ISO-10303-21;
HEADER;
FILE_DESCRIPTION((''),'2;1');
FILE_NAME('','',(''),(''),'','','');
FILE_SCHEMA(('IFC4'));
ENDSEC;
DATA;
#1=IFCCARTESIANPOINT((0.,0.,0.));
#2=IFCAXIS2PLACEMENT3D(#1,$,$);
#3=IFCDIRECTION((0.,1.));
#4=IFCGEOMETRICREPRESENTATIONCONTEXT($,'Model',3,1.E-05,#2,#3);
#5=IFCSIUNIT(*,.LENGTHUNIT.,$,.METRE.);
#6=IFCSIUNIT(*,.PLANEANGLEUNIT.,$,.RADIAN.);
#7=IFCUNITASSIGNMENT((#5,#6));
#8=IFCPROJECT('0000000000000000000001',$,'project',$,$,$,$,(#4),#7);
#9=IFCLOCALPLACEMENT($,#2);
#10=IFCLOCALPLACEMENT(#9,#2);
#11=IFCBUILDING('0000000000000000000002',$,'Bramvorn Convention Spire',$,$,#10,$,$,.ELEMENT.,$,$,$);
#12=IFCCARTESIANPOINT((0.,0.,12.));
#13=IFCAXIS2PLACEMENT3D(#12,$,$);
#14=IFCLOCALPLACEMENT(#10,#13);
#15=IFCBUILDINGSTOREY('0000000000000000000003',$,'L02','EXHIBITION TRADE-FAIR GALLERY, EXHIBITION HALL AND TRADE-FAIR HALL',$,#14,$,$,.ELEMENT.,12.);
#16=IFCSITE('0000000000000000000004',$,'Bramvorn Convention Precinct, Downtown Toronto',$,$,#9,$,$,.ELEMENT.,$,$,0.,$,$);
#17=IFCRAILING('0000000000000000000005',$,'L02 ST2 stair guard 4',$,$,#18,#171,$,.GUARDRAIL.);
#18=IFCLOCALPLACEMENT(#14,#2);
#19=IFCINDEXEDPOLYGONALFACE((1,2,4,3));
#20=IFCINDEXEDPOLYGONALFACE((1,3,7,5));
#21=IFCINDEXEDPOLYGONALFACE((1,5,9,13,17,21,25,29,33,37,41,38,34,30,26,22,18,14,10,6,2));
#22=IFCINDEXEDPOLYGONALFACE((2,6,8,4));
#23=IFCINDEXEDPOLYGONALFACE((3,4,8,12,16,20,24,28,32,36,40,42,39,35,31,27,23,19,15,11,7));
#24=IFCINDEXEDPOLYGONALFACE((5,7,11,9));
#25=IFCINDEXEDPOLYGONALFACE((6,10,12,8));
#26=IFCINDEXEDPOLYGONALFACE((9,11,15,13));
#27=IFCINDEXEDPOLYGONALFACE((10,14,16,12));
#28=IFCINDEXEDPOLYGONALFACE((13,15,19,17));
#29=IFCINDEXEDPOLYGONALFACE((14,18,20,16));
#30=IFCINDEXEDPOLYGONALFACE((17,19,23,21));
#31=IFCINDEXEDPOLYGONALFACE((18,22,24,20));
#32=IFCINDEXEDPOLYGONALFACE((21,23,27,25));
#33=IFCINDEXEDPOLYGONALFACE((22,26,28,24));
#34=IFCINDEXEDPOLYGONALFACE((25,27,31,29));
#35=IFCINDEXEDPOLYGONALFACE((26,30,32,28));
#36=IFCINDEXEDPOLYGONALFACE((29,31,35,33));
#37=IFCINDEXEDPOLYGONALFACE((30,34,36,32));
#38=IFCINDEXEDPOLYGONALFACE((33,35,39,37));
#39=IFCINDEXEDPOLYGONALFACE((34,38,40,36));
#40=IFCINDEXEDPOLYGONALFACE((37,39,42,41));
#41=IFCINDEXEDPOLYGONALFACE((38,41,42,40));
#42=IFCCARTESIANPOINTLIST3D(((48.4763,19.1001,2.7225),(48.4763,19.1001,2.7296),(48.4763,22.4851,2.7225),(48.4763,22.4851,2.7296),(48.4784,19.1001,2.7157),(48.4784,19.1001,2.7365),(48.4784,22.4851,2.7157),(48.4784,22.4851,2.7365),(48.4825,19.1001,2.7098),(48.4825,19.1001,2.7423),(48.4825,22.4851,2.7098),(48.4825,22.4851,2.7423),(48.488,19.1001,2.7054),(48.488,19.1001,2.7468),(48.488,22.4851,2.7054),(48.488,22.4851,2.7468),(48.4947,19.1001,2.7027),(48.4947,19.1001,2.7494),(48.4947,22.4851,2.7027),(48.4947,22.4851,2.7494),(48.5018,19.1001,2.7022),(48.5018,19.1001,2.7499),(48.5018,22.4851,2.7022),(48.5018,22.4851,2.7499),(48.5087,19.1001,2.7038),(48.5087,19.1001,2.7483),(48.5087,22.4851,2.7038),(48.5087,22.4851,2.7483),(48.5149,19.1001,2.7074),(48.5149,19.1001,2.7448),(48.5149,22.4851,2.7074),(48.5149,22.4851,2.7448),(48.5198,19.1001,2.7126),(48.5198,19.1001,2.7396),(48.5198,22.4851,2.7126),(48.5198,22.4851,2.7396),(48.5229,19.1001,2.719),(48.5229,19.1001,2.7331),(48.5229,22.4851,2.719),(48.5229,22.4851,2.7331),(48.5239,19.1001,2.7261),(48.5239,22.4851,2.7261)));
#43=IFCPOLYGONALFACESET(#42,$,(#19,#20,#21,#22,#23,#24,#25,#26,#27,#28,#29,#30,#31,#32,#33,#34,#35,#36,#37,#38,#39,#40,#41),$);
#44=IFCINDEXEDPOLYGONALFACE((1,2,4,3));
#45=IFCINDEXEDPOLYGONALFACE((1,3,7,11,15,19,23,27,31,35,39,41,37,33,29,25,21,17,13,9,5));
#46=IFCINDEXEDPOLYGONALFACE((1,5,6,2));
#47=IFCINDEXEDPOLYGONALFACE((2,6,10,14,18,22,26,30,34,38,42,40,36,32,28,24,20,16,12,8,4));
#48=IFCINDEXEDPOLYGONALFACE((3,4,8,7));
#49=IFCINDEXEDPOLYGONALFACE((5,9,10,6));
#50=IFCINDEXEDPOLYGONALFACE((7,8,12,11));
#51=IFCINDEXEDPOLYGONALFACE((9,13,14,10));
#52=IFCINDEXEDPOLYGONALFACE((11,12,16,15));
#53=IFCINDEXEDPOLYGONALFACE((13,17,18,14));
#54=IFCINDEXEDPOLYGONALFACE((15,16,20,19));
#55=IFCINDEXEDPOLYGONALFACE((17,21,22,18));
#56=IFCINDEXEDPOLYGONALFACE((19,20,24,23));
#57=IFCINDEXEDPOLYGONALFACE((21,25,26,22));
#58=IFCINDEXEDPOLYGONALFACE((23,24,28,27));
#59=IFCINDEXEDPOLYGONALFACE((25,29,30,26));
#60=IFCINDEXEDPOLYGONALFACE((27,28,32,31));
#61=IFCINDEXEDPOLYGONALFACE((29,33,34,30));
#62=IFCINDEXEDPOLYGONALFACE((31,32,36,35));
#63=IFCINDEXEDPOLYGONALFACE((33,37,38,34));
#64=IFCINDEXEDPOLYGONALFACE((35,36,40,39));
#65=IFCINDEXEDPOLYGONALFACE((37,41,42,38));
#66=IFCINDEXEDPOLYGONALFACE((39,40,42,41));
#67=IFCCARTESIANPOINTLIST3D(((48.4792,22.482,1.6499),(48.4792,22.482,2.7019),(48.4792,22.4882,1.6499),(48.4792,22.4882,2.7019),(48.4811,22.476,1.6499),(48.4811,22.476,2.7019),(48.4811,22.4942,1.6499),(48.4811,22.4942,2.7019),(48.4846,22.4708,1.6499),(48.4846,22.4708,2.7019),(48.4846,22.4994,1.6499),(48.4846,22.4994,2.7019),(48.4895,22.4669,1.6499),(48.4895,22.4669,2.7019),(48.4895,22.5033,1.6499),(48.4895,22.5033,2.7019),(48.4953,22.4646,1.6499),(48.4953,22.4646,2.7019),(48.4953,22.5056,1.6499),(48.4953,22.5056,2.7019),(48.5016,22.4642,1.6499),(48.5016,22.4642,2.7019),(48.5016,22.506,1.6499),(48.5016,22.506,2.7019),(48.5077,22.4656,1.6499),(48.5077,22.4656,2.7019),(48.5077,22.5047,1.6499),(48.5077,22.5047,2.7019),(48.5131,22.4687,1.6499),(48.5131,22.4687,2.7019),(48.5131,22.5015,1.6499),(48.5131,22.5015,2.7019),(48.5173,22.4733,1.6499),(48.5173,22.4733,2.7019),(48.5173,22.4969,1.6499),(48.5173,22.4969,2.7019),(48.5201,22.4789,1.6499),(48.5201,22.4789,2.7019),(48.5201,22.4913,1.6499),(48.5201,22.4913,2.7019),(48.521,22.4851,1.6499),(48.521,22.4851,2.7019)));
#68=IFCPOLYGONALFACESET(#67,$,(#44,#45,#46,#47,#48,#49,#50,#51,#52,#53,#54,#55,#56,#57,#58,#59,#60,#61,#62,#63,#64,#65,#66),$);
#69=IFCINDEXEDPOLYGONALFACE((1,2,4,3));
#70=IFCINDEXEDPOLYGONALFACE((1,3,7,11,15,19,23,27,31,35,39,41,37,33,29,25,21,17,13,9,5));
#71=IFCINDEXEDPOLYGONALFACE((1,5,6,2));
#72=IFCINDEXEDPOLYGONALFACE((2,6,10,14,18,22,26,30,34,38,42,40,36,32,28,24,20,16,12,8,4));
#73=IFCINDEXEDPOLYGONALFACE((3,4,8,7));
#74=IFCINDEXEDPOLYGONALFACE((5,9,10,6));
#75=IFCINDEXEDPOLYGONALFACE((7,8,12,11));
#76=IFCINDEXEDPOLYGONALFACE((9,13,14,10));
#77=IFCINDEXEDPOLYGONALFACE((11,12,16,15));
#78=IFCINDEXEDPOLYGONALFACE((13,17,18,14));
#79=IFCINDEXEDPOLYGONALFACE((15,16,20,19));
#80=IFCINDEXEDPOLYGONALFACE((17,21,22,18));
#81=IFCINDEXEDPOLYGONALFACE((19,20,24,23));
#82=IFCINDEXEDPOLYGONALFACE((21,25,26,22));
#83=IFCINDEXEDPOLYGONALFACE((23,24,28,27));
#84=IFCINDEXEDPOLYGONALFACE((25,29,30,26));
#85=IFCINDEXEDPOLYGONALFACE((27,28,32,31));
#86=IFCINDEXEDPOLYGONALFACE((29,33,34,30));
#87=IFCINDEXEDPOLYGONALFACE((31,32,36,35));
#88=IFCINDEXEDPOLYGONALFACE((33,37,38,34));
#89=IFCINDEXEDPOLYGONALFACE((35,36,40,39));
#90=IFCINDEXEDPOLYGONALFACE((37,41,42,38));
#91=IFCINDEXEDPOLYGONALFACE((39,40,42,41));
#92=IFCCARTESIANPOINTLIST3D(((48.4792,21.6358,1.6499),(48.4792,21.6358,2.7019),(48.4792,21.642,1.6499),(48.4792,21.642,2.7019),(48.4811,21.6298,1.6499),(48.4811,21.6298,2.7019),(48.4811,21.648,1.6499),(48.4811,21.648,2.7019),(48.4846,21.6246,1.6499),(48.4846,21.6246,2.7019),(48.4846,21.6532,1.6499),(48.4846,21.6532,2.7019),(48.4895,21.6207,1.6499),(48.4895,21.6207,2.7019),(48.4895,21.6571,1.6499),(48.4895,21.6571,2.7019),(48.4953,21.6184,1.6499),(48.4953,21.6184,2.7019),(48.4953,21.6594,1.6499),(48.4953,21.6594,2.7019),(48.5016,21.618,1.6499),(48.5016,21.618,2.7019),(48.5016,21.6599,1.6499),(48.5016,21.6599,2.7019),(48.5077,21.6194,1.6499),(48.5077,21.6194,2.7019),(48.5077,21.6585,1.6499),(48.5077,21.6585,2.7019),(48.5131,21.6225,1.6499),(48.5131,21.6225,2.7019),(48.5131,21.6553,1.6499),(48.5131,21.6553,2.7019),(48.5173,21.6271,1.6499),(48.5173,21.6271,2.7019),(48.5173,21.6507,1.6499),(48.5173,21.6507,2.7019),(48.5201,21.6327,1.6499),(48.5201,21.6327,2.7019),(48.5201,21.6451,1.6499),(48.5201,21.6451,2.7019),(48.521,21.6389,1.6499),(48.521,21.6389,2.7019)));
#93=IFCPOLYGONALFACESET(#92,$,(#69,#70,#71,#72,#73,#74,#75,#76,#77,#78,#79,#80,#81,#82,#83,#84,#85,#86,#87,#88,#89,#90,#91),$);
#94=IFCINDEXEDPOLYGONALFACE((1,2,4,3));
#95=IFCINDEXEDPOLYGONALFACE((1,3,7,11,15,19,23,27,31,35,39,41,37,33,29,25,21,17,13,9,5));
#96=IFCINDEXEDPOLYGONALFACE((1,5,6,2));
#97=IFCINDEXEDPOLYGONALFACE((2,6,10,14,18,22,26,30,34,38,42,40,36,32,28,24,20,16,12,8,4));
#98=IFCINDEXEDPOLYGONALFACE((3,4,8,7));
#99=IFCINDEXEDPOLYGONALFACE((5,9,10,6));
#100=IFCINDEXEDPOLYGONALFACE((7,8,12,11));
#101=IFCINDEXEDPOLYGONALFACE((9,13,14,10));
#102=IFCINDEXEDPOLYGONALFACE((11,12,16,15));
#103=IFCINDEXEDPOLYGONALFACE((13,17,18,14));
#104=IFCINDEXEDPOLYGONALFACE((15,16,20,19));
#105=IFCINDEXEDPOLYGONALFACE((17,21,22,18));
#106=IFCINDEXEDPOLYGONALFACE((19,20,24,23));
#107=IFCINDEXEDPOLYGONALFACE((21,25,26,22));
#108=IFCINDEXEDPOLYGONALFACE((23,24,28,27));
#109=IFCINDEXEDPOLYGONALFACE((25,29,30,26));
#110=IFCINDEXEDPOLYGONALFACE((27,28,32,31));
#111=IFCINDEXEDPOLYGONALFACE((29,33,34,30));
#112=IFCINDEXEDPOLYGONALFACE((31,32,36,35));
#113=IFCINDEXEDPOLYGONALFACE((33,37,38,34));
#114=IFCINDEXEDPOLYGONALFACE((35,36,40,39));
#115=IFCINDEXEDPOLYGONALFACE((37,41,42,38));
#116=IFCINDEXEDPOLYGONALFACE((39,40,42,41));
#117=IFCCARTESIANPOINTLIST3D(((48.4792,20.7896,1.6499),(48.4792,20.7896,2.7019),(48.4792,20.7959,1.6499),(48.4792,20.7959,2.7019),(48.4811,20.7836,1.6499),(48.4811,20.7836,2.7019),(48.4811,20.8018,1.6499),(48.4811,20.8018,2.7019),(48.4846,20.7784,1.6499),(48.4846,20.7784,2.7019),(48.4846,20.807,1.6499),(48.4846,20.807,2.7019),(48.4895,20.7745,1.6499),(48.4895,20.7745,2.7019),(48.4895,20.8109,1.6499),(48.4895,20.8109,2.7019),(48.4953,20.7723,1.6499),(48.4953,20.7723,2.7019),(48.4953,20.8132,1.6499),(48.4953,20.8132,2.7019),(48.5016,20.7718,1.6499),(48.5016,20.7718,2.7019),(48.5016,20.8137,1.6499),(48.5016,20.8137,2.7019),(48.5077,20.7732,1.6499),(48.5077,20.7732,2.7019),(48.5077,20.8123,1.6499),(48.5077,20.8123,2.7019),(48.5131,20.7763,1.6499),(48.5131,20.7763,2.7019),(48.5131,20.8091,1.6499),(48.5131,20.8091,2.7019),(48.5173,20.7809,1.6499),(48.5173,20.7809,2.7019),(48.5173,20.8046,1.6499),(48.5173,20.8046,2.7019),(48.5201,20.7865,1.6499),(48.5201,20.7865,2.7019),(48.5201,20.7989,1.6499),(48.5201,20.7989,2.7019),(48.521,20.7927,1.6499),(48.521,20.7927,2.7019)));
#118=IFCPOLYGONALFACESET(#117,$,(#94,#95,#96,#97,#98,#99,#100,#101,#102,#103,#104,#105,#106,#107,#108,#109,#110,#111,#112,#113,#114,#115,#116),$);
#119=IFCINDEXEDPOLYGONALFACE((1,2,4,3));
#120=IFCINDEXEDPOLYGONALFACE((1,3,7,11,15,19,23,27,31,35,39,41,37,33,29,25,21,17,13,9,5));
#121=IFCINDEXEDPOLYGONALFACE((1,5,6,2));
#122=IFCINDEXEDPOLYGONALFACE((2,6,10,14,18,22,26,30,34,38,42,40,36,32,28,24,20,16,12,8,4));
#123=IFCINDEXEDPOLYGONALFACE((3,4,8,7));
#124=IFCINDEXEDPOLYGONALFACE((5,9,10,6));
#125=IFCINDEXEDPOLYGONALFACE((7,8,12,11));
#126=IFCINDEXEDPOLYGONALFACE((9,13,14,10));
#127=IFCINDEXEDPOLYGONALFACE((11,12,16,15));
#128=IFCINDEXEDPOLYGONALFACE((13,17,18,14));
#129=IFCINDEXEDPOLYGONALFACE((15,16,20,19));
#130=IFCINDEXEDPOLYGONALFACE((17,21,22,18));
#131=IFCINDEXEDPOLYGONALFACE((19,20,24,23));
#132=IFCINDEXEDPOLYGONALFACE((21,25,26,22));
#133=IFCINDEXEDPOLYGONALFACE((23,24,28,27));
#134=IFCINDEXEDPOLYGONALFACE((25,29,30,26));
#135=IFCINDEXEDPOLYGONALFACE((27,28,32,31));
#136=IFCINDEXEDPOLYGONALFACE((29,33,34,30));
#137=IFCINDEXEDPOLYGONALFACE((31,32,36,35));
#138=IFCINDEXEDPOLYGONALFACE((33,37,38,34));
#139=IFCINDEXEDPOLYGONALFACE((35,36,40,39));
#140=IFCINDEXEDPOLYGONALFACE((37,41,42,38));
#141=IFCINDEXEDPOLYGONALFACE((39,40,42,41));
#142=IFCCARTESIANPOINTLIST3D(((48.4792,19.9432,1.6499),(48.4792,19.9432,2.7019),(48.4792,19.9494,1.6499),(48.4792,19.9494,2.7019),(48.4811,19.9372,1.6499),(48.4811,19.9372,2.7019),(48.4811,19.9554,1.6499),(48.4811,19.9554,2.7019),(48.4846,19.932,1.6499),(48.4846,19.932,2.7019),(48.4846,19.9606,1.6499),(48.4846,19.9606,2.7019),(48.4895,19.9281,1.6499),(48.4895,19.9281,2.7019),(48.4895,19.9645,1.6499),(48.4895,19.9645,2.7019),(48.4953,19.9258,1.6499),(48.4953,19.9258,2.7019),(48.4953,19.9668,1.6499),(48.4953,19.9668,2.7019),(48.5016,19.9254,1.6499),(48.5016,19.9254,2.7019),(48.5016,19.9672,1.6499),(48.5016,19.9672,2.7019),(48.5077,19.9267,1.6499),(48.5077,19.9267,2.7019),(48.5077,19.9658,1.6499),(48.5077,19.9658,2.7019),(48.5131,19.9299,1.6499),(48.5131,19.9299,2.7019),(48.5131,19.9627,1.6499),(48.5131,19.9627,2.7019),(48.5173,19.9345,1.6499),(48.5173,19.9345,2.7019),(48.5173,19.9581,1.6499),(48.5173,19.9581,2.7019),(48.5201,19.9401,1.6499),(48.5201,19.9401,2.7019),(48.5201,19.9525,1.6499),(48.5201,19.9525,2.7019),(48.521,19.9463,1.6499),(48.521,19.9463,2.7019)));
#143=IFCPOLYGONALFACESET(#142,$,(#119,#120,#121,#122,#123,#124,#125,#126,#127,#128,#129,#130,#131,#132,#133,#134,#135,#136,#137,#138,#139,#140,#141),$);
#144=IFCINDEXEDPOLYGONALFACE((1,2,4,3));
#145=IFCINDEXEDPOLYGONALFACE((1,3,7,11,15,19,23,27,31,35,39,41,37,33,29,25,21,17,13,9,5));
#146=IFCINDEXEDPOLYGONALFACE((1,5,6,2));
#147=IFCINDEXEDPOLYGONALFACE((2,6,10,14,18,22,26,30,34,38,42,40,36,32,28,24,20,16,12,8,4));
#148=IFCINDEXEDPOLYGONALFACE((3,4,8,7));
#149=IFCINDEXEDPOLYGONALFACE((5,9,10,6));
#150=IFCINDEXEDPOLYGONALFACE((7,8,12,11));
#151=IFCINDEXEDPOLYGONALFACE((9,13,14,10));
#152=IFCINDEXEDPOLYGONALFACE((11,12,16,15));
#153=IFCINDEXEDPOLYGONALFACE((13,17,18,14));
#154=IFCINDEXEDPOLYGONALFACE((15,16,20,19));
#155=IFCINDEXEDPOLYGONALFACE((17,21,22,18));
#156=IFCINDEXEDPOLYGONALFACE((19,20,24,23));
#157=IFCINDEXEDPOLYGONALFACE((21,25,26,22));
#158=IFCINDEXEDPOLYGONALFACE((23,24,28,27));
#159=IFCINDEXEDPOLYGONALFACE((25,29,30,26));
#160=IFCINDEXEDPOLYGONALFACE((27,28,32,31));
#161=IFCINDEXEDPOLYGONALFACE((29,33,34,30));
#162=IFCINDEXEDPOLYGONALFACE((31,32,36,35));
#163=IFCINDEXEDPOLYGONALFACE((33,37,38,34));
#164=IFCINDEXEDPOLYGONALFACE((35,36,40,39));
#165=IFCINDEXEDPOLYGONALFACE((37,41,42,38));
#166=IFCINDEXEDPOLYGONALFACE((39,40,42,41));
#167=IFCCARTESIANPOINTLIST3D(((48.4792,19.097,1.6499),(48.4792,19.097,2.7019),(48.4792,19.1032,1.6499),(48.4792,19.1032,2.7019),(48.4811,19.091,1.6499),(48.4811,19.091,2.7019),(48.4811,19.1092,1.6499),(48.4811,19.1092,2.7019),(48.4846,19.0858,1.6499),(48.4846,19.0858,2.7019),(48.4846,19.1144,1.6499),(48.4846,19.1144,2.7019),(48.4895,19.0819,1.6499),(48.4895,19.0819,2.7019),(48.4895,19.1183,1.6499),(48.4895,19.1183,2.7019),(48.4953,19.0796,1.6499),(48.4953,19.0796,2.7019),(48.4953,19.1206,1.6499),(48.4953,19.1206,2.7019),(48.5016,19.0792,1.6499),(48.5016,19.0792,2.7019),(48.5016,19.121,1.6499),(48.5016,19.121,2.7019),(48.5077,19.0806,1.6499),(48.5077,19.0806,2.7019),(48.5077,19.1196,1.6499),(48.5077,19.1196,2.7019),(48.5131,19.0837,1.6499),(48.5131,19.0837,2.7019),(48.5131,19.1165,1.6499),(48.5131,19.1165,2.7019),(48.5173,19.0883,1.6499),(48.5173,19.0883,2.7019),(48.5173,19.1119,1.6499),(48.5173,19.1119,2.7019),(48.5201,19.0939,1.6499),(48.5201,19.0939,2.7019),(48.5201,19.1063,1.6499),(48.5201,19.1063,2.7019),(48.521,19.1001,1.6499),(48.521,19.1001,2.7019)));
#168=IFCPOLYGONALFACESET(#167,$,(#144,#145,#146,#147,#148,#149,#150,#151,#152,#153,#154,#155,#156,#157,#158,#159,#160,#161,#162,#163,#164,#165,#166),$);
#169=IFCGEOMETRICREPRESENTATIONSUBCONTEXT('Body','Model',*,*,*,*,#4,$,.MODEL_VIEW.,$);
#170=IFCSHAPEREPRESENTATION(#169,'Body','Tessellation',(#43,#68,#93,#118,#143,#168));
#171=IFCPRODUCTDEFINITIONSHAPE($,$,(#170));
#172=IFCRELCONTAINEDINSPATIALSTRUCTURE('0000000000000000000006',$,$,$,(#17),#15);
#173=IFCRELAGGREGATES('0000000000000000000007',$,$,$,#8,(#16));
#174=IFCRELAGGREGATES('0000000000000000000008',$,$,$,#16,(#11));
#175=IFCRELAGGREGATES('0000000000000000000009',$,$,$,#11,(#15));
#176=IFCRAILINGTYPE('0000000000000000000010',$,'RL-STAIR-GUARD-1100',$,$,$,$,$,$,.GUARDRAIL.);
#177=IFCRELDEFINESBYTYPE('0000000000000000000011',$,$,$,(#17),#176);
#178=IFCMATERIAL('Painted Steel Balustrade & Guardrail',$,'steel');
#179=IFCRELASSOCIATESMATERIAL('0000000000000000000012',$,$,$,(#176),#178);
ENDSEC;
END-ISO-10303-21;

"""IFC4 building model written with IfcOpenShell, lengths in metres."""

from ifc_helpers import new_model, si_unit, direction, frame, origin, origin_2d, place, context, subcontext, project, spatial, circle, extrude, material, type_object, element, save


model = new_model("IFC4")

# Units and contexts
model_context = context("Model", 3, precision=1e-05, world=origin(), true_north=direction((0.0, 1.0)))
body_context = subcontext(model_context, "Body", "Model", "MODEL_VIEW")
ifc_project = project(units=[si_unit("LENGTHUNIT", "METRE"), si_unit("PLANEANGLEUNIT", "RADIAN")], contexts=[model_context])

# Site, building, storey
site_placement = place(None, origin())
site = spatial("IfcSite", under=ifc_project, at=site_placement, Name="Bramvorn Convention Precinct, Downtown Toronto", CompositionType="ELEMENT", RefElevation=0.0)
building_placement = place(site_placement, origin())
building = spatial("IfcBuilding", under=site, at=building_placement, Name="Bramvorn Convention Spire", CompositionType="ELEMENT")
storey_placement = place(building_placement, frame((0.0, 0.0, 12.0)))
storey = spatial("IfcBuildingStorey", under=building, at=storey_placement, Name="L02", Description="EXHIBITION TRADE-FAIR GALLERY, EXHIBITION HALL AND TRADE-FAIR HALL", CompositionType="ELEMENT", Elevation=12.0)

# Railing
ifc_material_1 = material(Name="Painted Steel Balustrade & Guardrail", Category="steel")
railing_type_1 = type_object("IfcRailingType", Name="RL-STAIR-GUARD-1100", PredefinedType="GUARDRAIL", material=ifc_material_1)
for number, where, name in (
    (1, (48.5, 22.4851, 1.6499), "L02 ST2 stair guard 4"),
):
    element("IfcRailing", number, at=place(storey_placement, frame(where)), inside=storey, type_object=railing_type_1, Name=name, PredefinedType="GUARDRAIL", context=body_context, shape_type="SweptSolid", body=[
        extrude(circle(Radius=0.0239, at=origin_2d()), frame((0.0, 0.0, 1.0762), z_axis=(0.0, -1.0, 0.0), x_axis=(1.0, 0.0, 0.0)), (0.0, 0.0, 1.0), 3.385),
        extrude(circle(Radius=0.021, at=origin_2d()), origin(), (0.0, 0.0, 1.0), 1.052),
        extrude(circle(Radius=0.021, at=origin_2d()), frame((0.0, -0.8462, 0.0)), (0.0, 0.0, 1.0), 1.052),
        extrude(circle(Radius=0.021, at=origin_2d()), frame((0.0, -1.6924, 0.0)), (0.0, 0.0, 1.0), 1.052),
        extrude(circle(Radius=0.021, at=origin_2d()), frame((0.0, -2.5388, 0.0)), (0.0, 0.0, 1.0), 1.052),
        extrude(circle(Radius=0.021, at=origin_2d()), frame((0.0, -3.385, 0.0)), (0.0, 0.0, 1.0), 1.052),
    ])

save(model, "model.ifc")
